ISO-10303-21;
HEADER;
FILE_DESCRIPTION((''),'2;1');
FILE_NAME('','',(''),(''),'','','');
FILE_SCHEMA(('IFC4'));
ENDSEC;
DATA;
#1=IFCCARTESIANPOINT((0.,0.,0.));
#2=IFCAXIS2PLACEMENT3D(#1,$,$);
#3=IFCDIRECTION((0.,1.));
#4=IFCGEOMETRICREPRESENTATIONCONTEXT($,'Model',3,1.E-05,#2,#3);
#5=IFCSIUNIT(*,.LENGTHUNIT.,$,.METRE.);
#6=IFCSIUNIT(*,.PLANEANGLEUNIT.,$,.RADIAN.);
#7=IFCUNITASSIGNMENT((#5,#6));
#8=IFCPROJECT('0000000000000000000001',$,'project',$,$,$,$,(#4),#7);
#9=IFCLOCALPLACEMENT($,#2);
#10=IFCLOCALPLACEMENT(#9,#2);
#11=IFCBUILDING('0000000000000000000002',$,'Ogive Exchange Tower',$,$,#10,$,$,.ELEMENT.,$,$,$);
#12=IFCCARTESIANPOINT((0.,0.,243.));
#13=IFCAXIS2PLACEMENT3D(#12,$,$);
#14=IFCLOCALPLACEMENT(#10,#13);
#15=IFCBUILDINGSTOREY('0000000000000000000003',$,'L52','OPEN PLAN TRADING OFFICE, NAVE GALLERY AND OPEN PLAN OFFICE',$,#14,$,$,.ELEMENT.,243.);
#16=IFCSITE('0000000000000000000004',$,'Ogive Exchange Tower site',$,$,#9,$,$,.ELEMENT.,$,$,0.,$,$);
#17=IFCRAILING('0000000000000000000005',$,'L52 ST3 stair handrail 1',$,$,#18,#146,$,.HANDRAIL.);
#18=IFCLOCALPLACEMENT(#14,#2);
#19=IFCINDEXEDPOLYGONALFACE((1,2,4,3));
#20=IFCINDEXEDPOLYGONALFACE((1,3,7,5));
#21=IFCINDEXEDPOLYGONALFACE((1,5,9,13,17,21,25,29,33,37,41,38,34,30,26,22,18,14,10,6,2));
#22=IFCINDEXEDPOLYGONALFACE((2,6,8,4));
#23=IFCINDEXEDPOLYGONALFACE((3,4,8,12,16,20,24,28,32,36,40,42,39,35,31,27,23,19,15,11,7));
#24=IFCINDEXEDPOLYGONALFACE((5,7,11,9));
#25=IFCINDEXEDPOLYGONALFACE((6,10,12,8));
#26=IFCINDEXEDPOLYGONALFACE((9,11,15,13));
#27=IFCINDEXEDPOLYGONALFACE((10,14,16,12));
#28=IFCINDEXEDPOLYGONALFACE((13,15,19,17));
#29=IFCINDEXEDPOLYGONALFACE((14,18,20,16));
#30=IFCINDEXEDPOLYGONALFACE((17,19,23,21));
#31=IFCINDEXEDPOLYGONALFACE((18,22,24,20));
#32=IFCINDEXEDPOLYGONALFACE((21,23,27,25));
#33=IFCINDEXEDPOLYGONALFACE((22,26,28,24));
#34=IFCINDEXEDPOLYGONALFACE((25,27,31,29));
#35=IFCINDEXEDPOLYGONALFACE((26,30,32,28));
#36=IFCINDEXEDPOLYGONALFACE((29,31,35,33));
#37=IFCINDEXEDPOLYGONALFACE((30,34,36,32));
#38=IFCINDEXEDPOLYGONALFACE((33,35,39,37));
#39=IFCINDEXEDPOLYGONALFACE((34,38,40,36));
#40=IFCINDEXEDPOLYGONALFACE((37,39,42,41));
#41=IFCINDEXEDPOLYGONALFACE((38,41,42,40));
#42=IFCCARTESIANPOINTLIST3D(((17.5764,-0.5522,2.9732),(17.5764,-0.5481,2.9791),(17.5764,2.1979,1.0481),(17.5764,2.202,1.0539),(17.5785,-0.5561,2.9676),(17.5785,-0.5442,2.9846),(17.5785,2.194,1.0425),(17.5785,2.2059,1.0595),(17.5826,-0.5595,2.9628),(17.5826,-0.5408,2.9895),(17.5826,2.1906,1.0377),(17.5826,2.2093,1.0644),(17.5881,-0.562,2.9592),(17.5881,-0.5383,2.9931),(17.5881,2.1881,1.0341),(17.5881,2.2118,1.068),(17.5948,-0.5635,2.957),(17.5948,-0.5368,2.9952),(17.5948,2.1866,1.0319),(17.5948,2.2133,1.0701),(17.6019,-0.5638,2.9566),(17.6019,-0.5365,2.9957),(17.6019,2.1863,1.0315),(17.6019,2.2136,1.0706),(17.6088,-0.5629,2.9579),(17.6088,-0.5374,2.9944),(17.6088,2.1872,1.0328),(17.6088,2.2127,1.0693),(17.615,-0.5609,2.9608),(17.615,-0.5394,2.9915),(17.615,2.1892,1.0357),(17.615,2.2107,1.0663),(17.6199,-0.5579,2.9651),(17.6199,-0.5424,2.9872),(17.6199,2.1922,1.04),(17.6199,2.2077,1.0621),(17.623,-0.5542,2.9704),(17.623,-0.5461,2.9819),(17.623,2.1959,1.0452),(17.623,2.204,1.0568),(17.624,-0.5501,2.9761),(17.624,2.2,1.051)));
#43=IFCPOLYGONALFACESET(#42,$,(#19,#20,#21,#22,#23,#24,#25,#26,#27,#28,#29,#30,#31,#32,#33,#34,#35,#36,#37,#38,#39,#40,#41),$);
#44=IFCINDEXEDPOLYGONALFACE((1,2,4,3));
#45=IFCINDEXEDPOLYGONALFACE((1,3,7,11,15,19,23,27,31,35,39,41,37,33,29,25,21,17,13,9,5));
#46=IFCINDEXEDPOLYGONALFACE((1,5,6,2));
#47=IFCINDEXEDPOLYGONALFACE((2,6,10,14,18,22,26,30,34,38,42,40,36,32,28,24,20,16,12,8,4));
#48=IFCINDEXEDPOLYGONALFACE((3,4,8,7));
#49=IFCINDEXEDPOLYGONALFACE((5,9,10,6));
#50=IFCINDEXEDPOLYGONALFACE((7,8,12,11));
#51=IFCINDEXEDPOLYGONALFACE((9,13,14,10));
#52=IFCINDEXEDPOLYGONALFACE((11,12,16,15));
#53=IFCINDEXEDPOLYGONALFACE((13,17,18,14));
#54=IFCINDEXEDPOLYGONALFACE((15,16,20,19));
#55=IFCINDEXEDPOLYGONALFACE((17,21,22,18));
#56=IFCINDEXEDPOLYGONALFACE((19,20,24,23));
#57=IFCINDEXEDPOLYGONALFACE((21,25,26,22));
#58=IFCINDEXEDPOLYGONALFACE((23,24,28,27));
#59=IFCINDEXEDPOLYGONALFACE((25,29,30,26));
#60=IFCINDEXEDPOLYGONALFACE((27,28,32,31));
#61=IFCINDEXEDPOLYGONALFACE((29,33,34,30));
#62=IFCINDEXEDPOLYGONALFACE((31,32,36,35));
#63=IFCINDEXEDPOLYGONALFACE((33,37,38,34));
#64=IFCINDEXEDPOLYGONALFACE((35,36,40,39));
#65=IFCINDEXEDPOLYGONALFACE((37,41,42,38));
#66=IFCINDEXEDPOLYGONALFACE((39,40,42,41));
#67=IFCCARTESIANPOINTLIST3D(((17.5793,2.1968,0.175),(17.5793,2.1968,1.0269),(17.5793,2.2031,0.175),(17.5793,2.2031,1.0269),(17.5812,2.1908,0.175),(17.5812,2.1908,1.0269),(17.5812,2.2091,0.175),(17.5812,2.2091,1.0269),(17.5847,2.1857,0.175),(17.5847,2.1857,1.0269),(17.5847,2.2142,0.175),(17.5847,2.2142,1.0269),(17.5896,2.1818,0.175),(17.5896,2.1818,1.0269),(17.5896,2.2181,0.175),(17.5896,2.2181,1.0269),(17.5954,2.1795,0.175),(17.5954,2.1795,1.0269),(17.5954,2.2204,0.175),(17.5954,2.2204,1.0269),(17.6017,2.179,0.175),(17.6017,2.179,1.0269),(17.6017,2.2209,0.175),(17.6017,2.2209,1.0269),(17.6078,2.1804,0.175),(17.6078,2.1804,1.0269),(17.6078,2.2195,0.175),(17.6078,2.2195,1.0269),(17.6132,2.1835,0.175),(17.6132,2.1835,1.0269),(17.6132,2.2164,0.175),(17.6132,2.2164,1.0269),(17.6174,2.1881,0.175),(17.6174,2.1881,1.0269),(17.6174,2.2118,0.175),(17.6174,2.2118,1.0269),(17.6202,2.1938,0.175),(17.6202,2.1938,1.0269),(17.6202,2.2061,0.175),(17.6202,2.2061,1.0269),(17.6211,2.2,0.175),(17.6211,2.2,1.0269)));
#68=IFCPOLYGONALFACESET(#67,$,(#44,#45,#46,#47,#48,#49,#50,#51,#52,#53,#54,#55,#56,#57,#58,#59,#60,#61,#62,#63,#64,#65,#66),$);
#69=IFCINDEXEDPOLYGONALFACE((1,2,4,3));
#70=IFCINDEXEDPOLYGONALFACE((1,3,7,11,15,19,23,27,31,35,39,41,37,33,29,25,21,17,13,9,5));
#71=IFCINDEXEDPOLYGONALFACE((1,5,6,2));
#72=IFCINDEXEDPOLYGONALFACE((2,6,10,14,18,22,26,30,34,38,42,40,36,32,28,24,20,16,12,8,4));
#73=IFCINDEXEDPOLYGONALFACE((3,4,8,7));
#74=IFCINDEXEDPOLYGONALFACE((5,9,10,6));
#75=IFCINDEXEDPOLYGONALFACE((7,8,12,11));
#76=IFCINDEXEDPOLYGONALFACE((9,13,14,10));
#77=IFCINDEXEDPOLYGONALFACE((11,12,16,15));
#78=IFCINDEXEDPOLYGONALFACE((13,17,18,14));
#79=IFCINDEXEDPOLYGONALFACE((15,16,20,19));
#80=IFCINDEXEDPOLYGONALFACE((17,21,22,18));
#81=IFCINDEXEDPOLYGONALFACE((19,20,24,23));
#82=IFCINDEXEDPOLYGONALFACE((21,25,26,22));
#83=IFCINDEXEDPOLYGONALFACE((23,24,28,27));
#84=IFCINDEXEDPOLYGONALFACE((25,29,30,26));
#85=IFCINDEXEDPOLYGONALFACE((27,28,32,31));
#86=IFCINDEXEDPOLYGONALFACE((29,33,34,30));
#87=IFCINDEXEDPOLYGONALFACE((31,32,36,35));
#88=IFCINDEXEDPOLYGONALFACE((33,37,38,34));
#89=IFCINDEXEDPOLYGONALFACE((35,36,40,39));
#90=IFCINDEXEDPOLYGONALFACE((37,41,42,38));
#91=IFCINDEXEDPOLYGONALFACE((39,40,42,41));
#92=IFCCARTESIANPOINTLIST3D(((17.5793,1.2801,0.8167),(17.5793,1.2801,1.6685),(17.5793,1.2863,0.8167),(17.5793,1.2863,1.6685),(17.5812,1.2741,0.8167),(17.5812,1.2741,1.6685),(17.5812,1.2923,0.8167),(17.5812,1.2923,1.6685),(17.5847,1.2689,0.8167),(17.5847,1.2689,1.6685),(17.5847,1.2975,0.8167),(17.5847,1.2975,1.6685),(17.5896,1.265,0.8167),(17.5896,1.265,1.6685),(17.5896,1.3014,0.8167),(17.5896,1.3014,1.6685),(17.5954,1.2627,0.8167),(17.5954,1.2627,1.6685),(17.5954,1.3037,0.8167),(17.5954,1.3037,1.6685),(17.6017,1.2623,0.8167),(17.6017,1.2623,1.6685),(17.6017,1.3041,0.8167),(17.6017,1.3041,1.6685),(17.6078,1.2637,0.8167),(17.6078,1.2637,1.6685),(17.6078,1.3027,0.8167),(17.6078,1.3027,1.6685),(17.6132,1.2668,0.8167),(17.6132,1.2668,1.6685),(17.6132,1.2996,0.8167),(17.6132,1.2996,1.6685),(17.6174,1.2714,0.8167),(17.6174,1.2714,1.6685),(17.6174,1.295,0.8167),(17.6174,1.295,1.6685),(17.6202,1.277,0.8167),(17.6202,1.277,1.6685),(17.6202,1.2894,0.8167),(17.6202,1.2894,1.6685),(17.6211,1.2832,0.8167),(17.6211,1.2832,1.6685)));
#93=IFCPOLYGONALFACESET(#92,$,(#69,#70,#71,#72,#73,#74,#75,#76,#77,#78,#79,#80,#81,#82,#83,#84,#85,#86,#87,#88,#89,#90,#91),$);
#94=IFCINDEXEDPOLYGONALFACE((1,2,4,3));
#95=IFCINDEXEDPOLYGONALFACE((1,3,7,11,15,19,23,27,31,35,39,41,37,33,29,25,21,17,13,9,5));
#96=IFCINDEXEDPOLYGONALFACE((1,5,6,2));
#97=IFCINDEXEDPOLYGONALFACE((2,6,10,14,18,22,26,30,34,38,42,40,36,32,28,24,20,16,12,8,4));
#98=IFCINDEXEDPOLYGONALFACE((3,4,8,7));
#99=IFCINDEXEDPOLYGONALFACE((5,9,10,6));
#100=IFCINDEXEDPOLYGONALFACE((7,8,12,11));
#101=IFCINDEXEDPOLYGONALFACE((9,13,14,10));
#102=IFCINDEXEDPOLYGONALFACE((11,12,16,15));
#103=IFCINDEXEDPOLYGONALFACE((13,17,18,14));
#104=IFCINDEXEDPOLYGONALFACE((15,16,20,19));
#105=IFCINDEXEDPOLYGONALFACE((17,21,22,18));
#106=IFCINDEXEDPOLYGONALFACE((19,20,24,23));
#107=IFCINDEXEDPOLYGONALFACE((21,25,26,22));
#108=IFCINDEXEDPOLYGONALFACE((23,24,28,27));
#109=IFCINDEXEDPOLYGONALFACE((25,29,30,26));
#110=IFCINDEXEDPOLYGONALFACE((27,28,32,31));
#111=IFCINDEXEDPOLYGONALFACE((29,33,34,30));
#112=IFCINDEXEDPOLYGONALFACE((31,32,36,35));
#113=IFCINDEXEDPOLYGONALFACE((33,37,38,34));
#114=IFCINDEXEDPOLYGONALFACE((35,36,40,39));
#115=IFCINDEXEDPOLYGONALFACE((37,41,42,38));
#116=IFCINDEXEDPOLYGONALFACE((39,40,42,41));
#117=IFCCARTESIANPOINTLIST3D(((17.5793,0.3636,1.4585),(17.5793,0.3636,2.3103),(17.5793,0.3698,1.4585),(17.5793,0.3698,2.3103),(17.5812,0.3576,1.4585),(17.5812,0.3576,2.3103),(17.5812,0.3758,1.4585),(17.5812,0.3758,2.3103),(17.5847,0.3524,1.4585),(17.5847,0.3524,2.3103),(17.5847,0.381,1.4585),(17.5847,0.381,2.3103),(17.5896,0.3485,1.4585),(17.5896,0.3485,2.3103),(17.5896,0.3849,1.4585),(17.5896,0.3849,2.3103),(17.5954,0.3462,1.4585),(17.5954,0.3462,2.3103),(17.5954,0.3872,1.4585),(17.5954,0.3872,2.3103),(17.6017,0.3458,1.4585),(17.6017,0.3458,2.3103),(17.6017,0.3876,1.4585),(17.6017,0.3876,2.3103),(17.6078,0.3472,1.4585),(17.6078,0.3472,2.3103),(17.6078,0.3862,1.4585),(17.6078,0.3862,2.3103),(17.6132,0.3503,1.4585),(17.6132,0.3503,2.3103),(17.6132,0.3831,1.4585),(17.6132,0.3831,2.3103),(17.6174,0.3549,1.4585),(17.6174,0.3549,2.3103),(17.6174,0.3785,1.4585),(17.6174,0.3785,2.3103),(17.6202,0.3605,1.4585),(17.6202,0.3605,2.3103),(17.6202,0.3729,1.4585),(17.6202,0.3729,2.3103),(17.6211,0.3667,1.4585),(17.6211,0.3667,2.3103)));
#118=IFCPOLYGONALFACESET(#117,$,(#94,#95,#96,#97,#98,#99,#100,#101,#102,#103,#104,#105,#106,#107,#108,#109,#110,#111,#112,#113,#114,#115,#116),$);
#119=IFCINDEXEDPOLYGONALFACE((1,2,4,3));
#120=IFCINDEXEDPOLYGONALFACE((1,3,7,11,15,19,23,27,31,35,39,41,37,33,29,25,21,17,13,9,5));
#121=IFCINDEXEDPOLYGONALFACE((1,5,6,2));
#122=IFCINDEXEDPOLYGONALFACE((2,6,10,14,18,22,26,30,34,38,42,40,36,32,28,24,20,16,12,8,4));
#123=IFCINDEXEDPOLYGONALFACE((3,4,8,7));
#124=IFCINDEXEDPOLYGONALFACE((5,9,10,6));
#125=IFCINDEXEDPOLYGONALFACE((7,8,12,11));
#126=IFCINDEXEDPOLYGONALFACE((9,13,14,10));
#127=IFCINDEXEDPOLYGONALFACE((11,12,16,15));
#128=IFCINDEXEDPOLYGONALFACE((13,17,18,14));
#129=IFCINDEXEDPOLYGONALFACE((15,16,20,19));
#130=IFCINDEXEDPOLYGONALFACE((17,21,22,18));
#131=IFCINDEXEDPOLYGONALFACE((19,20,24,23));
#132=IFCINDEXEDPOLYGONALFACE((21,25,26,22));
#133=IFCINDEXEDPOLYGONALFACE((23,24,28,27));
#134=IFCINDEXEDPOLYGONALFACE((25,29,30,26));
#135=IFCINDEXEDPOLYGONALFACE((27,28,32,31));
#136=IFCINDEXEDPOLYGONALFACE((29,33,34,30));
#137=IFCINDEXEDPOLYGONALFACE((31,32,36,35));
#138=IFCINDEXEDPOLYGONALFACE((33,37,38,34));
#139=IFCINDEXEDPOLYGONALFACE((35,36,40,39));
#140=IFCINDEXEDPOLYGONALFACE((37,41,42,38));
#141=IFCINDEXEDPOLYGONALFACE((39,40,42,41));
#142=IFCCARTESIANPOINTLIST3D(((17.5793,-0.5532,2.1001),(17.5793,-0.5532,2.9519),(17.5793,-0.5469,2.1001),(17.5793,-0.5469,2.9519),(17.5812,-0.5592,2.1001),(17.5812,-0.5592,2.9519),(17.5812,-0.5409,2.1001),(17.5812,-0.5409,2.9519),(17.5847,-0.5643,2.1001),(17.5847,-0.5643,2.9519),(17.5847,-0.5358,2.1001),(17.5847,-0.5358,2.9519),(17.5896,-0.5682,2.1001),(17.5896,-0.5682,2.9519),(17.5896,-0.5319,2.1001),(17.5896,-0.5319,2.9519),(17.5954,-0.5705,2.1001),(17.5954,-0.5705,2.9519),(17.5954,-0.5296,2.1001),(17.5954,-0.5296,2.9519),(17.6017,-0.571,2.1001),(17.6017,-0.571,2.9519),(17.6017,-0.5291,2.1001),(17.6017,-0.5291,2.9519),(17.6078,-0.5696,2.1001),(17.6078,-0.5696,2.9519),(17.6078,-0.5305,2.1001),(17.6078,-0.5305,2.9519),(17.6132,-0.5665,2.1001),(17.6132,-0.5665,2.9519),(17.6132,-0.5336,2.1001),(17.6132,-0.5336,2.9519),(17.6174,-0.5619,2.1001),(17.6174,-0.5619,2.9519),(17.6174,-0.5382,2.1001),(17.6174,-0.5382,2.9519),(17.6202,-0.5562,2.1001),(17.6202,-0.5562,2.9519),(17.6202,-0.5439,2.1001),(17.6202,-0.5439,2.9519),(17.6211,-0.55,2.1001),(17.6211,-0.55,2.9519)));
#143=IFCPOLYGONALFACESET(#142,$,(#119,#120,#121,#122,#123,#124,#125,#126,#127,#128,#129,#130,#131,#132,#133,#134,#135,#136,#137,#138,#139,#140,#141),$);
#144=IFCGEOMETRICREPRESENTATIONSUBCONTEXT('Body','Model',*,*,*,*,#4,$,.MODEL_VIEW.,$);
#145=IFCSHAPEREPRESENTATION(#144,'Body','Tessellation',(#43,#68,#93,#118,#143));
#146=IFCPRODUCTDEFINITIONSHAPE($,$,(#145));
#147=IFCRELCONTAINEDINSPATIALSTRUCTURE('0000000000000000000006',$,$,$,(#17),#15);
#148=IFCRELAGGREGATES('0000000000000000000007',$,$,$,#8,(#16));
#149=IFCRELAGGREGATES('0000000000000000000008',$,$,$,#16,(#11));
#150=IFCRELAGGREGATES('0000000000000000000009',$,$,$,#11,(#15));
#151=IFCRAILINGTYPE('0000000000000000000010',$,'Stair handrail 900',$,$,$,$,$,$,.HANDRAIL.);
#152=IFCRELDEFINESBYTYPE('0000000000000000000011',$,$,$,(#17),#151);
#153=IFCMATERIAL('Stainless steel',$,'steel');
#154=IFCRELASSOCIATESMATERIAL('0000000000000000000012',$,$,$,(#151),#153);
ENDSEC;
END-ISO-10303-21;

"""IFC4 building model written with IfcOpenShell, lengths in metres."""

from ifc_helpers import new_model, si_unit, direction, frame, origin, origin_2d, place, context, subcontext, project, spatial, circle, extrude, material, type_object, element, save


model = new_model("IFC4")

# Units and contexts
model_context = context("Model", 3, precision=1e-05, world=origin(), true_north=direction((0.0, 1.0)))
body_context = subcontext(model_context, "Body", "Model", "MODEL_VIEW")
ifc_project = project(units=[si_unit("LENGTHUNIT", "METRE"), si_unit("PLANEANGLEUNIT", "RADIAN")], contexts=[model_context])

# Site, building, storey
site_placement = place(None, origin())
site = spatial("IfcSite", under=ifc_project, at=site_placement, Name="Ogive Exchange Tower site", CompositionType="ELEMENT", RefElevation=0.0)
building_placement = place(site_placement, origin())
building = spatial("IfcBuilding", under=site, at=building_placement, Name="Ogive Exchange Tower", CompositionType="ELEMENT")
storey_placement = place(building_placement, frame((0.0, 0.0, 243.0)))
storey = spatial("IfcBuildingStorey", under=building, at=storey_placement, Name="L52", Description="OPEN PLAN TRADING OFFICE, NAVE GALLERY AND OPEN PLAN OFFICE", CompositionType="ELEMENT", Elevation=243.0)

# Railing
ifc_material_1 = material(Name="Stainless steel", Category="steel")
railing_type = type_object("IfcRailingType", Name="Stair handrail 900", PredefinedType="HANDRAIL", material=ifc_material_1)
railing_placement = place(storey_placement, frame((17.6001, 2.2, 0.175)))
element("IfcRailing", 1, at=railing_placement, inside=storey, type_object=railing_type, Name="L52 ST3 stair handrail 1", PredefinedType="HANDRAIL", context=body_context, shape_type="SweptSolid", body=[
    extrude(circle(Radius=0.0239, at=origin_2d()), frame((0.0, 0.0, 0.876), z_axis=(0.0, -0.819225, 0.573472), x_axis=(1.0, 0.0, 0.0)), (0.0, 0.0, 1.0), 3.3569),
    extrude(circle(Radius=0.021, at=origin_2d()), origin(), (0.0, 0.0, 1.0), 0.8518),
    extrude(circle(Radius=0.021, at=origin_2d()), frame((0.0, -0.9167, 0.6416)), (0.0, 0.0, 1.0), 0.8518),
    extrude(circle(Radius=0.021, at=origin_2d()), frame((0.0, -1.8333, 1.2834)), (0.0, 0.0, 1.0), 0.8518),
    extrude(circle(Radius=0.021, at=origin_2d()), frame((0.0, -2.75, 1.925)), (0.0, 0.0, 1.0), 0.8518),
])

save(model, "model.ifc")
